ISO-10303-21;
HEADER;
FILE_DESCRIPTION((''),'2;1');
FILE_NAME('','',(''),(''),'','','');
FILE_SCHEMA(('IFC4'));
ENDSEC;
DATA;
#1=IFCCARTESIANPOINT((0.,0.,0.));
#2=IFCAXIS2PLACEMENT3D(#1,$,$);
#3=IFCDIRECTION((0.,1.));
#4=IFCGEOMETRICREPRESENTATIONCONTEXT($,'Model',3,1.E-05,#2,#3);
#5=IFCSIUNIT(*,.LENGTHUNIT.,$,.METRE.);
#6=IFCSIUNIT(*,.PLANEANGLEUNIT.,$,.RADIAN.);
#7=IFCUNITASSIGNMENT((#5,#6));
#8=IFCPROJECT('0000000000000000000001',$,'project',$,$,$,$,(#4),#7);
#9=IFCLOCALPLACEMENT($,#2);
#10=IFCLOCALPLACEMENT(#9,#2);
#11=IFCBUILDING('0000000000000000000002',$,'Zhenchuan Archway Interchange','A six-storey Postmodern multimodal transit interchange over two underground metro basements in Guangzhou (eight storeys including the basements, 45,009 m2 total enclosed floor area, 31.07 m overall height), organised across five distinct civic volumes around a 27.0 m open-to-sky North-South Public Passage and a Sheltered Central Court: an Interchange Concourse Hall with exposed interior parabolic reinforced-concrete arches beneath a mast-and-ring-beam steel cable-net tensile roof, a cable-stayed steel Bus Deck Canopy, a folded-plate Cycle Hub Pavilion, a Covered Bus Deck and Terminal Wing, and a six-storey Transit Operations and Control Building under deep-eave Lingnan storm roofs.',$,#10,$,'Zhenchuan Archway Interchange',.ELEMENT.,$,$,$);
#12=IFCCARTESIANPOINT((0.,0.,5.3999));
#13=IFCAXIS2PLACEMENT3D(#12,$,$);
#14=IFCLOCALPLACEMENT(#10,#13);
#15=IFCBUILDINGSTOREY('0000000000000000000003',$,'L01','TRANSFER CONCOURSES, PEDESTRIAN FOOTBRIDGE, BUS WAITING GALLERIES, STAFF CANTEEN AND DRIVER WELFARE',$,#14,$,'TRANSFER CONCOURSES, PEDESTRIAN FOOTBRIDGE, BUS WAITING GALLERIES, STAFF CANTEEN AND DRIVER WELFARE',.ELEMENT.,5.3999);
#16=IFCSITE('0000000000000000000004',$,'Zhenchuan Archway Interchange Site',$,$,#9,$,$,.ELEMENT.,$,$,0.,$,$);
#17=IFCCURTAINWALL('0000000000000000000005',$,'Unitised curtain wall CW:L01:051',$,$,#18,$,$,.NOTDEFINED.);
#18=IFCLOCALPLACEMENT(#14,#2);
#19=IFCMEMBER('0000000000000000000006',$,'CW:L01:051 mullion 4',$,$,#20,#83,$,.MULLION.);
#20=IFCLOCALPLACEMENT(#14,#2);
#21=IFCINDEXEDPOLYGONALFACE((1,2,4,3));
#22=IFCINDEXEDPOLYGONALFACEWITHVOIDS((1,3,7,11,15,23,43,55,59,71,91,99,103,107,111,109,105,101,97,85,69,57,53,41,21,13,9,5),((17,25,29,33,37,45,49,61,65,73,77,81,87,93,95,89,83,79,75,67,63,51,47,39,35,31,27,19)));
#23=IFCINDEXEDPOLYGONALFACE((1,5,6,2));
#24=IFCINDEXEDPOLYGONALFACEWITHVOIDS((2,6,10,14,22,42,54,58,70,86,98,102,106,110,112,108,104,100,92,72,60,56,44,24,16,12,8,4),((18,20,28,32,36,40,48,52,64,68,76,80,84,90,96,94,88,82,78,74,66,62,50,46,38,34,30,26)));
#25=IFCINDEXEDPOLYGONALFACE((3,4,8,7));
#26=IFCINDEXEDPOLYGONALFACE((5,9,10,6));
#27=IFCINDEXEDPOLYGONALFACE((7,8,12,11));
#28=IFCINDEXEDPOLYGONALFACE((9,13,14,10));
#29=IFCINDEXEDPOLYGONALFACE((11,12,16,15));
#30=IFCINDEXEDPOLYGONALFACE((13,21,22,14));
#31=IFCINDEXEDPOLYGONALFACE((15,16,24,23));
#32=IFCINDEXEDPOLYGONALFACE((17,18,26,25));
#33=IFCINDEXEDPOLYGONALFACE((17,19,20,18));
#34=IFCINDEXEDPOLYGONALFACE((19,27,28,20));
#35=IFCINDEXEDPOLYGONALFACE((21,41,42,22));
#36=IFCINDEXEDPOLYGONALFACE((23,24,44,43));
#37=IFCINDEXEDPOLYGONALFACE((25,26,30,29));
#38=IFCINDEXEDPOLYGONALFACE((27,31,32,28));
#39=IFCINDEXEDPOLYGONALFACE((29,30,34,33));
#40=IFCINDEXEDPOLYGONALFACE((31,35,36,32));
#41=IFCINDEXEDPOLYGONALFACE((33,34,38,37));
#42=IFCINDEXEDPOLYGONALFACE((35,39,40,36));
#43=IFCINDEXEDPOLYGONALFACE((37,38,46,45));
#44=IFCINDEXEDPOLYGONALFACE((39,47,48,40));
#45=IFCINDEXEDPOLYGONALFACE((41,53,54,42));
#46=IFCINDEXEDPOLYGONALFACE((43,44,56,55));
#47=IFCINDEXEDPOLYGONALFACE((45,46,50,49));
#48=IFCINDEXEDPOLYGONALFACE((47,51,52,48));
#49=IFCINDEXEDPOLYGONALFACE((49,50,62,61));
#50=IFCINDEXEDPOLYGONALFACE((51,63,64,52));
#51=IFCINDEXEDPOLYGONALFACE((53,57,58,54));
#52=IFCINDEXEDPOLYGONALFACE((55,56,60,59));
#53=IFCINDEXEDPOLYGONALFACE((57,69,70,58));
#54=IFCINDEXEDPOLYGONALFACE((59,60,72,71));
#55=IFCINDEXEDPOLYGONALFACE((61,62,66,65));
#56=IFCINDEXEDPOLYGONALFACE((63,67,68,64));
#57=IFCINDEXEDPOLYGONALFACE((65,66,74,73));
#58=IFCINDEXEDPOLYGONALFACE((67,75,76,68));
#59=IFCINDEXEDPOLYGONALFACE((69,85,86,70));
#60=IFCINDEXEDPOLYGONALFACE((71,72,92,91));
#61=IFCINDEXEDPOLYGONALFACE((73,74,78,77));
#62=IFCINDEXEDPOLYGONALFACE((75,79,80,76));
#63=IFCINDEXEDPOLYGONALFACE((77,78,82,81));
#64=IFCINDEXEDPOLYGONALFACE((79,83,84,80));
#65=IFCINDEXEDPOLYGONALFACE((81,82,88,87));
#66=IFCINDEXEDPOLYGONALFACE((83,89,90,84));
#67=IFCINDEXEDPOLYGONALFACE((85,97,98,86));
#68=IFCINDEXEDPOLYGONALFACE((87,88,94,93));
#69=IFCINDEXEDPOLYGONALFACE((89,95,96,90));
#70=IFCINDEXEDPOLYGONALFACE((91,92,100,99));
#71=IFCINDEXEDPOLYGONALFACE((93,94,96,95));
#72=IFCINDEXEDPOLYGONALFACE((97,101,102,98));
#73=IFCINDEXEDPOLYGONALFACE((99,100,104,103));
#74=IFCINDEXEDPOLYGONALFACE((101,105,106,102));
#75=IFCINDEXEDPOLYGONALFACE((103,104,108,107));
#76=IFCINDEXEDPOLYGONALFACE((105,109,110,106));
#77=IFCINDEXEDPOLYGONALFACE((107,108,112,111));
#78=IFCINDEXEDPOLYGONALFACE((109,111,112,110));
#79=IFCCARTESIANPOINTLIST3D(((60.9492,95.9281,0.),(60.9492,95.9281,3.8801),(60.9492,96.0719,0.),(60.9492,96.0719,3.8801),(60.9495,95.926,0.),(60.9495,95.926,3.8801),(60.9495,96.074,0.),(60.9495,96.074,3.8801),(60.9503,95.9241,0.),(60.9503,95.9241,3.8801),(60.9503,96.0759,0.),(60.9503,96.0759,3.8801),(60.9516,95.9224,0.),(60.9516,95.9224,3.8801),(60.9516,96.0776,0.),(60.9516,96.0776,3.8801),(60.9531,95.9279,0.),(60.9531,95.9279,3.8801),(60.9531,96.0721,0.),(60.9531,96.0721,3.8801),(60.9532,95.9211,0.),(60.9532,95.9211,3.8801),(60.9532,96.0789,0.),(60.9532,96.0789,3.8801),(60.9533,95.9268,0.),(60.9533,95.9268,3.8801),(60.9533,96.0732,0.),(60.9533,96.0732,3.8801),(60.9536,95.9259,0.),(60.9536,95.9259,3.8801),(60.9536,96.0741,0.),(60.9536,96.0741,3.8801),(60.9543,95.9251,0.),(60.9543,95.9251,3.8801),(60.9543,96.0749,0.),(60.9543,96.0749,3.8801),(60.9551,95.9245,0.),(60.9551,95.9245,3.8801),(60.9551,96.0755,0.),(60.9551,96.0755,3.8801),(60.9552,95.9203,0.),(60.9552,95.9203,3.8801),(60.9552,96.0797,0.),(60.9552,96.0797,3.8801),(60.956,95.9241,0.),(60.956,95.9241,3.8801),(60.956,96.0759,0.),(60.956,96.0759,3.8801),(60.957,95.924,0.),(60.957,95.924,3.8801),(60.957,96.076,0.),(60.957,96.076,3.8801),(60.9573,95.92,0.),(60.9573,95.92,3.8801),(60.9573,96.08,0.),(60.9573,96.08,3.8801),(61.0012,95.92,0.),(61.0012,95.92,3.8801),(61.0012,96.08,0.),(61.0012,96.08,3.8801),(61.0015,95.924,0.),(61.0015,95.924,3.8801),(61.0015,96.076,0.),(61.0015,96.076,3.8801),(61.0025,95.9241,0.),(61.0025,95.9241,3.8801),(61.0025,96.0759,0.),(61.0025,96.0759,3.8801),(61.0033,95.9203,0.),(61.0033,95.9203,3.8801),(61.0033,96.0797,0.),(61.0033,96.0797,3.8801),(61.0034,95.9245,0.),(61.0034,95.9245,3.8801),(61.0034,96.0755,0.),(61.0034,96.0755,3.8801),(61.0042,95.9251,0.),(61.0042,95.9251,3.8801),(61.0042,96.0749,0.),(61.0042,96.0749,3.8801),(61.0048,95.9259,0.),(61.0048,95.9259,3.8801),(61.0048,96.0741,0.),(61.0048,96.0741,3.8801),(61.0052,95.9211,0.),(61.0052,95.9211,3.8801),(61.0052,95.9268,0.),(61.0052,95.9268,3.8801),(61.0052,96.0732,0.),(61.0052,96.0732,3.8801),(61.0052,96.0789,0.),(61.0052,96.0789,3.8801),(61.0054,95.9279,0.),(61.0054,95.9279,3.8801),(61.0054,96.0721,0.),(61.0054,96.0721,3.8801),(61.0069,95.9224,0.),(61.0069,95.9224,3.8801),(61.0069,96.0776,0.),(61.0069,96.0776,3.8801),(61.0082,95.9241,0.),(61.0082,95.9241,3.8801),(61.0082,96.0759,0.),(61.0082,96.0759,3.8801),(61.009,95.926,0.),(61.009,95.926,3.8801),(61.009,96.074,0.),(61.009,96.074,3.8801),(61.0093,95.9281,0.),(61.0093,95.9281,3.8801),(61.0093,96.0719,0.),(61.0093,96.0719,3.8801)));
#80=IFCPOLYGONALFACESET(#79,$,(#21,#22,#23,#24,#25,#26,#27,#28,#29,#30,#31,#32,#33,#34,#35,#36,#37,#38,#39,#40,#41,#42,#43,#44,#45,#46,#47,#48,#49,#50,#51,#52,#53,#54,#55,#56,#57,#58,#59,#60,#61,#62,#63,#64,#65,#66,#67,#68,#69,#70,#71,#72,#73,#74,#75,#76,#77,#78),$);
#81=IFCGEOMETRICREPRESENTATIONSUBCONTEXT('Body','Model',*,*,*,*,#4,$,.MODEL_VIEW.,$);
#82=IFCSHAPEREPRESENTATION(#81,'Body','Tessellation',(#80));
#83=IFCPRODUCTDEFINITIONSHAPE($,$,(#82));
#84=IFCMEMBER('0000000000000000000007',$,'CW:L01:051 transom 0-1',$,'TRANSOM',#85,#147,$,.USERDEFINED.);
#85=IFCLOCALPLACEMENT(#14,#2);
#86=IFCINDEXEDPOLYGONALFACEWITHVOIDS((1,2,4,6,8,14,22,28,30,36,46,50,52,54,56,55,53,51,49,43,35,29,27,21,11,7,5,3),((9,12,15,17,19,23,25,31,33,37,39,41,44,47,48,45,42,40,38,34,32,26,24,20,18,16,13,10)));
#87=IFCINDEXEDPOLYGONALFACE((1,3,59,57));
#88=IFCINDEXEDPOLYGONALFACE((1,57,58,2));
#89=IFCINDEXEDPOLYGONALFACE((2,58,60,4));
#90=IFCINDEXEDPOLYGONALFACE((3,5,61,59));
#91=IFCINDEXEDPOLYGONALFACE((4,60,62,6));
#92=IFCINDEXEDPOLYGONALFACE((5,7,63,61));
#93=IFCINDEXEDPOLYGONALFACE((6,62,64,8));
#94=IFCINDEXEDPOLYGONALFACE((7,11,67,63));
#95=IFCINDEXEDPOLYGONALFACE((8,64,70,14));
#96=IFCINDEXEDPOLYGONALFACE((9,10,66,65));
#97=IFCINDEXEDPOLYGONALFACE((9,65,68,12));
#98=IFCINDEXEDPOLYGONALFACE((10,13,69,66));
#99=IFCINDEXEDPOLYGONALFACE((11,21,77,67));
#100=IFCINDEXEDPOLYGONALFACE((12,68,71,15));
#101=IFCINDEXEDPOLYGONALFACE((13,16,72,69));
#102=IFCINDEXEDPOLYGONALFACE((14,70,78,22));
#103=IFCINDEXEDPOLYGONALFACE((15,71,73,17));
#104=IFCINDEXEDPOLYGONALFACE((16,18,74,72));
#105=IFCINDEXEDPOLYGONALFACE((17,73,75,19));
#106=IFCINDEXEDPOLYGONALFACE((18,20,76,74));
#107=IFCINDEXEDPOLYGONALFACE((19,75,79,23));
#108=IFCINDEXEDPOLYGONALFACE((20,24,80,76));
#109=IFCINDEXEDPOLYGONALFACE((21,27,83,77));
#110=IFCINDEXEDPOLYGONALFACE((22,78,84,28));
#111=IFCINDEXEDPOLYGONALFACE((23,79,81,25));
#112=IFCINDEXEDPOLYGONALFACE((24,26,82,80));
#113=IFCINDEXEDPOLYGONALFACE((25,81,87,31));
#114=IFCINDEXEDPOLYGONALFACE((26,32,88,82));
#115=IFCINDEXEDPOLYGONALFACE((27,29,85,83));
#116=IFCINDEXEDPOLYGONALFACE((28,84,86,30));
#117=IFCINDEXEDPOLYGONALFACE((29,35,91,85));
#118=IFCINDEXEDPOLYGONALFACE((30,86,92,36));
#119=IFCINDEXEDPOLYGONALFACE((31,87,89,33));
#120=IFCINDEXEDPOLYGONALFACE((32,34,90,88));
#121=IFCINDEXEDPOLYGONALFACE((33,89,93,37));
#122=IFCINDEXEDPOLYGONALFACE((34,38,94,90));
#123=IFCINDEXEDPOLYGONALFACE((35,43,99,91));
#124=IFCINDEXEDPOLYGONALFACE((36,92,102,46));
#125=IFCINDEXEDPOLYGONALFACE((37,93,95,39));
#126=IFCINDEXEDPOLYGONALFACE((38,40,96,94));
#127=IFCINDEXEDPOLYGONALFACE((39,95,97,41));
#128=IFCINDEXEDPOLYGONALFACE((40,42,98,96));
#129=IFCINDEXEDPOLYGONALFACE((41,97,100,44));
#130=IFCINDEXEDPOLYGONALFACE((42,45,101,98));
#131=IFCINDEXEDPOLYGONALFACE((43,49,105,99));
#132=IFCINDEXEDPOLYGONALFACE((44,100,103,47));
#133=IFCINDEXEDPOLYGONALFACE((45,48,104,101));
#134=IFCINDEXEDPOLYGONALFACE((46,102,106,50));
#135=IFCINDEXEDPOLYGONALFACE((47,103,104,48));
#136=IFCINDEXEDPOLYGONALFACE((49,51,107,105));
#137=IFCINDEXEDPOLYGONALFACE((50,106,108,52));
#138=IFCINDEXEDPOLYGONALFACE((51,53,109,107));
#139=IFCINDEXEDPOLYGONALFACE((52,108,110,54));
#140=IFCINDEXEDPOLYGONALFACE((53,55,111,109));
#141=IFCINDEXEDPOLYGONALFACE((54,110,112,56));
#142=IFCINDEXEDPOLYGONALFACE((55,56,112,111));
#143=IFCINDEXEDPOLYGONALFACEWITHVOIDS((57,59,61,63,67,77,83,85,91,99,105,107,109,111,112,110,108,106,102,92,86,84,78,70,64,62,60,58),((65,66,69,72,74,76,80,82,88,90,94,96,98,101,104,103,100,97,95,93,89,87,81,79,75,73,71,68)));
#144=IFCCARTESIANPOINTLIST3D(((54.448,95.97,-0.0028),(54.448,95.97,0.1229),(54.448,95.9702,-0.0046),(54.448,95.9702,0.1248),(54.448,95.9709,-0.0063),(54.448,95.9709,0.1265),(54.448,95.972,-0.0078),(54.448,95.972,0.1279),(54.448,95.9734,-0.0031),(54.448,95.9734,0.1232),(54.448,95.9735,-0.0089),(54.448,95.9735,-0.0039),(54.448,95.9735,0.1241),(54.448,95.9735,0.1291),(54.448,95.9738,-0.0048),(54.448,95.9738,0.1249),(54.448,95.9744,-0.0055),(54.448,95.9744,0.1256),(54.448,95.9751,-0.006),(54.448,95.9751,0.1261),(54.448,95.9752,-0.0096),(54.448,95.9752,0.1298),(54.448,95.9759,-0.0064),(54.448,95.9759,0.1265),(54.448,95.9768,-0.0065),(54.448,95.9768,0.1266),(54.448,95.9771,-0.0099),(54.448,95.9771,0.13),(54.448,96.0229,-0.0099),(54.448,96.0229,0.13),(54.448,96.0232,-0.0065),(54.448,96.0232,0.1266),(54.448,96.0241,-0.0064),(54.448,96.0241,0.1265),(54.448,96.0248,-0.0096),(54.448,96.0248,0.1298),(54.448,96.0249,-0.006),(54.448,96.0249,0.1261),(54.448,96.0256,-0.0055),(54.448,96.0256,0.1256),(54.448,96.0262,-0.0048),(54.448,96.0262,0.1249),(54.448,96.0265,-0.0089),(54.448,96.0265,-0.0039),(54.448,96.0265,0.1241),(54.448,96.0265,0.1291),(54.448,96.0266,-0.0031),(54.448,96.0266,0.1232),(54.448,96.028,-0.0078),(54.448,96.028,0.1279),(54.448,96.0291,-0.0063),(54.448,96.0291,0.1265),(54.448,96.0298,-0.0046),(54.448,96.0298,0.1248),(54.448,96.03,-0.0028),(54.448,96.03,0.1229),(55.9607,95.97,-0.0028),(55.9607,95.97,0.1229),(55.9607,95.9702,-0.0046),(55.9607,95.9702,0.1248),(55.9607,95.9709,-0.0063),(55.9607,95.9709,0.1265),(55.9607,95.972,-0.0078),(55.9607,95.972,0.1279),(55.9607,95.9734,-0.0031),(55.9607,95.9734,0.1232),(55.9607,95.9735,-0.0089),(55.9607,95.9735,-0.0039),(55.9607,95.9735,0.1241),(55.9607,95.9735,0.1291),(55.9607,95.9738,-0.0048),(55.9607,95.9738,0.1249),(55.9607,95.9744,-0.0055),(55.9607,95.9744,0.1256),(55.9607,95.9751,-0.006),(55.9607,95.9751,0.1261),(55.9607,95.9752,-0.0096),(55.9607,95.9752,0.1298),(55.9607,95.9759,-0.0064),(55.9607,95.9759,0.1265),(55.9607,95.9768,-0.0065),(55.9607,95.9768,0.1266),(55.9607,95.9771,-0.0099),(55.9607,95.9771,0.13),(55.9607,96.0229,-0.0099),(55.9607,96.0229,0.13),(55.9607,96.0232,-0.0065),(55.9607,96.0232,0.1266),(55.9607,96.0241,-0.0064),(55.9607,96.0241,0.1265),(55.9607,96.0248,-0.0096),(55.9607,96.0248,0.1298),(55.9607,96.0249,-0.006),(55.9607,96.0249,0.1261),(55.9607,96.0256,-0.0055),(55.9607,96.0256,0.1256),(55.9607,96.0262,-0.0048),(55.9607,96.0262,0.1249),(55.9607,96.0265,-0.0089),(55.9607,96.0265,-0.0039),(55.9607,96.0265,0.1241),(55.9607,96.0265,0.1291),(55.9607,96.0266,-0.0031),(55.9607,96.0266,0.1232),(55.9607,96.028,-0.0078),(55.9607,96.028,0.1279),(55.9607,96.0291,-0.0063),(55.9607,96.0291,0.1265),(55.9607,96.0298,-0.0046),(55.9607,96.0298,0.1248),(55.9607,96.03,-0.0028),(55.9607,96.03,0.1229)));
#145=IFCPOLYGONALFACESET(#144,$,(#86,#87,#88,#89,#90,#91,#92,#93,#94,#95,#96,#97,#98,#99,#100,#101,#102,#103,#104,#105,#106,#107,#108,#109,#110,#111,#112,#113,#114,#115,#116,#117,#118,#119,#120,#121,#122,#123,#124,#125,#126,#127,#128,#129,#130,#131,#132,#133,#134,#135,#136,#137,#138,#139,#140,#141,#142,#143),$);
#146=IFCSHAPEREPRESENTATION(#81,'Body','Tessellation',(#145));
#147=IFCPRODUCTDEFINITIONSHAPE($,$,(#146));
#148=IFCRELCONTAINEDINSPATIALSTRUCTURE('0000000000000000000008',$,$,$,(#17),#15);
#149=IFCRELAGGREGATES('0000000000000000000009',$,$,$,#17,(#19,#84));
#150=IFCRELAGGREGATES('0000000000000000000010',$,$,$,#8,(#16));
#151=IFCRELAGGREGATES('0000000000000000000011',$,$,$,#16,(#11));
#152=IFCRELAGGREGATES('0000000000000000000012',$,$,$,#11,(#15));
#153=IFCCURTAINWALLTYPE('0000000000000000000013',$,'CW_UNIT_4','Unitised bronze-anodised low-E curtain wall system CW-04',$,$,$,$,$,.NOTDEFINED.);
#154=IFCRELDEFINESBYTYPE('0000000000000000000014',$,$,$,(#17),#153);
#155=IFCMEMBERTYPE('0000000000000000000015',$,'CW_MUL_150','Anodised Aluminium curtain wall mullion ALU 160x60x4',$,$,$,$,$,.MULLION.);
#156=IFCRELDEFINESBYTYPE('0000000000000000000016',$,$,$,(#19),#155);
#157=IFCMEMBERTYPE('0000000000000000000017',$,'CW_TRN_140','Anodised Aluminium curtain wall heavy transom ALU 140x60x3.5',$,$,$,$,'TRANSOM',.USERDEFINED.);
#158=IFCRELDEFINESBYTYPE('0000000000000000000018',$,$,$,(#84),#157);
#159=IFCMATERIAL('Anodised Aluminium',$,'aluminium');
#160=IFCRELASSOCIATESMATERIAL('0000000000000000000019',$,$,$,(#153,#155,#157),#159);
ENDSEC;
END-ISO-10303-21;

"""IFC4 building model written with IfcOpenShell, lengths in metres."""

from ifc_helpers import new_model, si_unit, direction, frame, origin, origin_2d, place, context, subcontext, project, spatial, hollow_rectangle, extrude, material, material_profile, profile_set, type_object, element, aggregate, save


model = new_model("IFC4")

# Units and contexts
model_context = context("Model", 3, precision=1e-05, world=origin(), true_north=direction((0.0, 1.0)))
body_context = subcontext(model_context, "Body", "Model", "MODEL_VIEW")
ifc_project = project(units=[si_unit("LENGTHUNIT", "METRE"), si_unit("PLANEANGLEUNIT", "RADIAN")], contexts=[model_context])

# Site, building, storey
site_placement = place(None, origin())
site = spatial("IfcSite", under=ifc_project, at=site_placement, Name="Zhenchuan Archway Interchange Site", CompositionType="ELEMENT", RefElevation=0.0)
building_placement = place(site_placement, origin())
building = spatial("IfcBuilding", under=site, at=building_placement, Name="Zhenchuan Archway Interchange", Description="A six-storey Postmodern multimodal transit interchange over two underground metro basements in Guangzhou (eight storeys including the basements, 45,009 m2 total enclosed floor area, 31.07 m overall height), organised across five distinct civic volumes around a 27.0 m open-to-sky North-South Public Passage and a Sheltered Central Court: an Interchange Concourse Hall with exposed interior parabolic reinforced-concrete arches beneath a mast-and-ring-beam steel cable-net tensile roof, a cable-stayed steel Bus Deck Canopy, a folded-plate Cycle Hub Pavilion, a Covered Bus Deck and Terminal Wing, and a six-storey Transit Operations and Control Building under deep-eave Lingnan storm roofs.", LongName="Zhenchuan Archway Interchange", CompositionType="ELEMENT")
storey_placement = place(building_placement, frame((0.0, 0.0, 5.3999)))
storey = spatial("IfcBuildingStorey", under=building, at=storey_placement, Name="L01", Description="TRANSFER CONCOURSES, PEDESTRIAN FOOTBRIDGE, BUS WAITING GALLERIES, STAFF CANTEEN AND DRIVER WELFARE", LongName="TRANSFER CONCOURSES, PEDESTRIAN FOOTBRIDGE, BUS WAITING GALLERIES, STAFF CANTEEN AND DRIVER WELFARE", CompositionType="ELEMENT", Elevation=5.3999)

# Curtain wall, members
ifc_material_1 = material(Name="Anodised Aluminium", Category="aluminium")
curtain_wall_type = type_object("IfcCurtainWallType", Name="CW_UNIT_4", Description="Unitised bronze-anodised low-E curtain wall system CW-04", PredefinedType="NOTDEFINED", material=ifc_material_1)
curtain_wall_placement = place(storey_placement, origin())
curtain_wall = element("IfcCurtainWall", 1, at=curtain_wall_placement, inside=storey, type_object=curtain_wall_type, Name="Unitised curtain wall CW:L01:051", PredefinedType="NOTDEFINED")
ifc_material_profile_1 = material_profile(ifc_material_1, hollow_rectangle(XDim=0.0601, YDim=0.1599, WallThickness=0.0039, InnerFilletRadius=0.0039, OuterFilletRadius=0.0081, at=origin_2d()), Name="ALU 160x60x4")
ifc_profile_set_1 = profile_set([ifc_material_profile_1], Name="Anodised Aluminium")
member_type_1 = type_object("IfcMemberType", Name="CW_MUL_150", Description="Anodised Aluminium curtain wall mullion ALU 160x60x4", PredefinedType="MULLION", material=ifc_profile_set_1)
member_1_placement = place(storey_placement, frame((60.9792, 96.0, 0.0), z_axis=(0.0, 0.0, 1.0), x_axis=(1.0, 0.0, 0.0)))
member_1 = element("IfcMember", 2, at=member_1_placement, type_object=member_type_1, Name="CW:L01:051 mullion 4", PredefinedType="MULLION", context=body_context, shape_type="SweptSolid", body=[
    extrude(hollow_rectangle(XDim=0.0601, YDim=0.1599, WallThickness=0.0039, InnerFilletRadius=0.0039, OuterFilletRadius=0.0081, at=origin_2d()), origin(), (0.0, 0.0, 1.0), 3.8801),
])
ifc_material_profile_2 = material_profile(ifc_material_1, hollow_rectangle(XDim=0.0601, YDim=0.1399, WallThickness=0.0034, InnerFilletRadius=0.0034, OuterFilletRadius=0.0071, at=origin_2d()), Name="ALU 140x60x3.5")
ifc_profile_set_2 = profile_set([ifc_material_profile_2], Name="Anodised Aluminium")
member_type_2 = type_object("IfcMemberType", Name="CW_TRN_140", Description="Anodised Aluminium curtain wall heavy transom ALU 140x60x3.5", ElementType="TRANSOM", PredefinedType="USERDEFINED", material=ifc_profile_set_2)
member_2_placement = place(storey_placement, frame((54.448, 96.0, 0.0601), z_axis=(1.0, 0.0, 0.0), x_axis=(0.0, 1.0, 0.0)))
member_2 = element("IfcMember", 3, at=member_2_placement, type_object=member_type_2, Name="CW:L01:051 transom 0-1", ObjectType="TRANSOM", PredefinedType="USERDEFINED", context=body_context, shape_type="SweptSolid", body=[
    extrude(hollow_rectangle(XDim=0.0601, YDim=0.1399, WallThickness=0.0034, InnerFilletRadius=0.0034, OuterFilletRadius=0.0071, at=origin_2d()), origin(), (0.0, 0.0, 1.0), 1.5127),
])

aggregate(curtain_wall, [member_1, member_2])

save(model, "model.ifc")
